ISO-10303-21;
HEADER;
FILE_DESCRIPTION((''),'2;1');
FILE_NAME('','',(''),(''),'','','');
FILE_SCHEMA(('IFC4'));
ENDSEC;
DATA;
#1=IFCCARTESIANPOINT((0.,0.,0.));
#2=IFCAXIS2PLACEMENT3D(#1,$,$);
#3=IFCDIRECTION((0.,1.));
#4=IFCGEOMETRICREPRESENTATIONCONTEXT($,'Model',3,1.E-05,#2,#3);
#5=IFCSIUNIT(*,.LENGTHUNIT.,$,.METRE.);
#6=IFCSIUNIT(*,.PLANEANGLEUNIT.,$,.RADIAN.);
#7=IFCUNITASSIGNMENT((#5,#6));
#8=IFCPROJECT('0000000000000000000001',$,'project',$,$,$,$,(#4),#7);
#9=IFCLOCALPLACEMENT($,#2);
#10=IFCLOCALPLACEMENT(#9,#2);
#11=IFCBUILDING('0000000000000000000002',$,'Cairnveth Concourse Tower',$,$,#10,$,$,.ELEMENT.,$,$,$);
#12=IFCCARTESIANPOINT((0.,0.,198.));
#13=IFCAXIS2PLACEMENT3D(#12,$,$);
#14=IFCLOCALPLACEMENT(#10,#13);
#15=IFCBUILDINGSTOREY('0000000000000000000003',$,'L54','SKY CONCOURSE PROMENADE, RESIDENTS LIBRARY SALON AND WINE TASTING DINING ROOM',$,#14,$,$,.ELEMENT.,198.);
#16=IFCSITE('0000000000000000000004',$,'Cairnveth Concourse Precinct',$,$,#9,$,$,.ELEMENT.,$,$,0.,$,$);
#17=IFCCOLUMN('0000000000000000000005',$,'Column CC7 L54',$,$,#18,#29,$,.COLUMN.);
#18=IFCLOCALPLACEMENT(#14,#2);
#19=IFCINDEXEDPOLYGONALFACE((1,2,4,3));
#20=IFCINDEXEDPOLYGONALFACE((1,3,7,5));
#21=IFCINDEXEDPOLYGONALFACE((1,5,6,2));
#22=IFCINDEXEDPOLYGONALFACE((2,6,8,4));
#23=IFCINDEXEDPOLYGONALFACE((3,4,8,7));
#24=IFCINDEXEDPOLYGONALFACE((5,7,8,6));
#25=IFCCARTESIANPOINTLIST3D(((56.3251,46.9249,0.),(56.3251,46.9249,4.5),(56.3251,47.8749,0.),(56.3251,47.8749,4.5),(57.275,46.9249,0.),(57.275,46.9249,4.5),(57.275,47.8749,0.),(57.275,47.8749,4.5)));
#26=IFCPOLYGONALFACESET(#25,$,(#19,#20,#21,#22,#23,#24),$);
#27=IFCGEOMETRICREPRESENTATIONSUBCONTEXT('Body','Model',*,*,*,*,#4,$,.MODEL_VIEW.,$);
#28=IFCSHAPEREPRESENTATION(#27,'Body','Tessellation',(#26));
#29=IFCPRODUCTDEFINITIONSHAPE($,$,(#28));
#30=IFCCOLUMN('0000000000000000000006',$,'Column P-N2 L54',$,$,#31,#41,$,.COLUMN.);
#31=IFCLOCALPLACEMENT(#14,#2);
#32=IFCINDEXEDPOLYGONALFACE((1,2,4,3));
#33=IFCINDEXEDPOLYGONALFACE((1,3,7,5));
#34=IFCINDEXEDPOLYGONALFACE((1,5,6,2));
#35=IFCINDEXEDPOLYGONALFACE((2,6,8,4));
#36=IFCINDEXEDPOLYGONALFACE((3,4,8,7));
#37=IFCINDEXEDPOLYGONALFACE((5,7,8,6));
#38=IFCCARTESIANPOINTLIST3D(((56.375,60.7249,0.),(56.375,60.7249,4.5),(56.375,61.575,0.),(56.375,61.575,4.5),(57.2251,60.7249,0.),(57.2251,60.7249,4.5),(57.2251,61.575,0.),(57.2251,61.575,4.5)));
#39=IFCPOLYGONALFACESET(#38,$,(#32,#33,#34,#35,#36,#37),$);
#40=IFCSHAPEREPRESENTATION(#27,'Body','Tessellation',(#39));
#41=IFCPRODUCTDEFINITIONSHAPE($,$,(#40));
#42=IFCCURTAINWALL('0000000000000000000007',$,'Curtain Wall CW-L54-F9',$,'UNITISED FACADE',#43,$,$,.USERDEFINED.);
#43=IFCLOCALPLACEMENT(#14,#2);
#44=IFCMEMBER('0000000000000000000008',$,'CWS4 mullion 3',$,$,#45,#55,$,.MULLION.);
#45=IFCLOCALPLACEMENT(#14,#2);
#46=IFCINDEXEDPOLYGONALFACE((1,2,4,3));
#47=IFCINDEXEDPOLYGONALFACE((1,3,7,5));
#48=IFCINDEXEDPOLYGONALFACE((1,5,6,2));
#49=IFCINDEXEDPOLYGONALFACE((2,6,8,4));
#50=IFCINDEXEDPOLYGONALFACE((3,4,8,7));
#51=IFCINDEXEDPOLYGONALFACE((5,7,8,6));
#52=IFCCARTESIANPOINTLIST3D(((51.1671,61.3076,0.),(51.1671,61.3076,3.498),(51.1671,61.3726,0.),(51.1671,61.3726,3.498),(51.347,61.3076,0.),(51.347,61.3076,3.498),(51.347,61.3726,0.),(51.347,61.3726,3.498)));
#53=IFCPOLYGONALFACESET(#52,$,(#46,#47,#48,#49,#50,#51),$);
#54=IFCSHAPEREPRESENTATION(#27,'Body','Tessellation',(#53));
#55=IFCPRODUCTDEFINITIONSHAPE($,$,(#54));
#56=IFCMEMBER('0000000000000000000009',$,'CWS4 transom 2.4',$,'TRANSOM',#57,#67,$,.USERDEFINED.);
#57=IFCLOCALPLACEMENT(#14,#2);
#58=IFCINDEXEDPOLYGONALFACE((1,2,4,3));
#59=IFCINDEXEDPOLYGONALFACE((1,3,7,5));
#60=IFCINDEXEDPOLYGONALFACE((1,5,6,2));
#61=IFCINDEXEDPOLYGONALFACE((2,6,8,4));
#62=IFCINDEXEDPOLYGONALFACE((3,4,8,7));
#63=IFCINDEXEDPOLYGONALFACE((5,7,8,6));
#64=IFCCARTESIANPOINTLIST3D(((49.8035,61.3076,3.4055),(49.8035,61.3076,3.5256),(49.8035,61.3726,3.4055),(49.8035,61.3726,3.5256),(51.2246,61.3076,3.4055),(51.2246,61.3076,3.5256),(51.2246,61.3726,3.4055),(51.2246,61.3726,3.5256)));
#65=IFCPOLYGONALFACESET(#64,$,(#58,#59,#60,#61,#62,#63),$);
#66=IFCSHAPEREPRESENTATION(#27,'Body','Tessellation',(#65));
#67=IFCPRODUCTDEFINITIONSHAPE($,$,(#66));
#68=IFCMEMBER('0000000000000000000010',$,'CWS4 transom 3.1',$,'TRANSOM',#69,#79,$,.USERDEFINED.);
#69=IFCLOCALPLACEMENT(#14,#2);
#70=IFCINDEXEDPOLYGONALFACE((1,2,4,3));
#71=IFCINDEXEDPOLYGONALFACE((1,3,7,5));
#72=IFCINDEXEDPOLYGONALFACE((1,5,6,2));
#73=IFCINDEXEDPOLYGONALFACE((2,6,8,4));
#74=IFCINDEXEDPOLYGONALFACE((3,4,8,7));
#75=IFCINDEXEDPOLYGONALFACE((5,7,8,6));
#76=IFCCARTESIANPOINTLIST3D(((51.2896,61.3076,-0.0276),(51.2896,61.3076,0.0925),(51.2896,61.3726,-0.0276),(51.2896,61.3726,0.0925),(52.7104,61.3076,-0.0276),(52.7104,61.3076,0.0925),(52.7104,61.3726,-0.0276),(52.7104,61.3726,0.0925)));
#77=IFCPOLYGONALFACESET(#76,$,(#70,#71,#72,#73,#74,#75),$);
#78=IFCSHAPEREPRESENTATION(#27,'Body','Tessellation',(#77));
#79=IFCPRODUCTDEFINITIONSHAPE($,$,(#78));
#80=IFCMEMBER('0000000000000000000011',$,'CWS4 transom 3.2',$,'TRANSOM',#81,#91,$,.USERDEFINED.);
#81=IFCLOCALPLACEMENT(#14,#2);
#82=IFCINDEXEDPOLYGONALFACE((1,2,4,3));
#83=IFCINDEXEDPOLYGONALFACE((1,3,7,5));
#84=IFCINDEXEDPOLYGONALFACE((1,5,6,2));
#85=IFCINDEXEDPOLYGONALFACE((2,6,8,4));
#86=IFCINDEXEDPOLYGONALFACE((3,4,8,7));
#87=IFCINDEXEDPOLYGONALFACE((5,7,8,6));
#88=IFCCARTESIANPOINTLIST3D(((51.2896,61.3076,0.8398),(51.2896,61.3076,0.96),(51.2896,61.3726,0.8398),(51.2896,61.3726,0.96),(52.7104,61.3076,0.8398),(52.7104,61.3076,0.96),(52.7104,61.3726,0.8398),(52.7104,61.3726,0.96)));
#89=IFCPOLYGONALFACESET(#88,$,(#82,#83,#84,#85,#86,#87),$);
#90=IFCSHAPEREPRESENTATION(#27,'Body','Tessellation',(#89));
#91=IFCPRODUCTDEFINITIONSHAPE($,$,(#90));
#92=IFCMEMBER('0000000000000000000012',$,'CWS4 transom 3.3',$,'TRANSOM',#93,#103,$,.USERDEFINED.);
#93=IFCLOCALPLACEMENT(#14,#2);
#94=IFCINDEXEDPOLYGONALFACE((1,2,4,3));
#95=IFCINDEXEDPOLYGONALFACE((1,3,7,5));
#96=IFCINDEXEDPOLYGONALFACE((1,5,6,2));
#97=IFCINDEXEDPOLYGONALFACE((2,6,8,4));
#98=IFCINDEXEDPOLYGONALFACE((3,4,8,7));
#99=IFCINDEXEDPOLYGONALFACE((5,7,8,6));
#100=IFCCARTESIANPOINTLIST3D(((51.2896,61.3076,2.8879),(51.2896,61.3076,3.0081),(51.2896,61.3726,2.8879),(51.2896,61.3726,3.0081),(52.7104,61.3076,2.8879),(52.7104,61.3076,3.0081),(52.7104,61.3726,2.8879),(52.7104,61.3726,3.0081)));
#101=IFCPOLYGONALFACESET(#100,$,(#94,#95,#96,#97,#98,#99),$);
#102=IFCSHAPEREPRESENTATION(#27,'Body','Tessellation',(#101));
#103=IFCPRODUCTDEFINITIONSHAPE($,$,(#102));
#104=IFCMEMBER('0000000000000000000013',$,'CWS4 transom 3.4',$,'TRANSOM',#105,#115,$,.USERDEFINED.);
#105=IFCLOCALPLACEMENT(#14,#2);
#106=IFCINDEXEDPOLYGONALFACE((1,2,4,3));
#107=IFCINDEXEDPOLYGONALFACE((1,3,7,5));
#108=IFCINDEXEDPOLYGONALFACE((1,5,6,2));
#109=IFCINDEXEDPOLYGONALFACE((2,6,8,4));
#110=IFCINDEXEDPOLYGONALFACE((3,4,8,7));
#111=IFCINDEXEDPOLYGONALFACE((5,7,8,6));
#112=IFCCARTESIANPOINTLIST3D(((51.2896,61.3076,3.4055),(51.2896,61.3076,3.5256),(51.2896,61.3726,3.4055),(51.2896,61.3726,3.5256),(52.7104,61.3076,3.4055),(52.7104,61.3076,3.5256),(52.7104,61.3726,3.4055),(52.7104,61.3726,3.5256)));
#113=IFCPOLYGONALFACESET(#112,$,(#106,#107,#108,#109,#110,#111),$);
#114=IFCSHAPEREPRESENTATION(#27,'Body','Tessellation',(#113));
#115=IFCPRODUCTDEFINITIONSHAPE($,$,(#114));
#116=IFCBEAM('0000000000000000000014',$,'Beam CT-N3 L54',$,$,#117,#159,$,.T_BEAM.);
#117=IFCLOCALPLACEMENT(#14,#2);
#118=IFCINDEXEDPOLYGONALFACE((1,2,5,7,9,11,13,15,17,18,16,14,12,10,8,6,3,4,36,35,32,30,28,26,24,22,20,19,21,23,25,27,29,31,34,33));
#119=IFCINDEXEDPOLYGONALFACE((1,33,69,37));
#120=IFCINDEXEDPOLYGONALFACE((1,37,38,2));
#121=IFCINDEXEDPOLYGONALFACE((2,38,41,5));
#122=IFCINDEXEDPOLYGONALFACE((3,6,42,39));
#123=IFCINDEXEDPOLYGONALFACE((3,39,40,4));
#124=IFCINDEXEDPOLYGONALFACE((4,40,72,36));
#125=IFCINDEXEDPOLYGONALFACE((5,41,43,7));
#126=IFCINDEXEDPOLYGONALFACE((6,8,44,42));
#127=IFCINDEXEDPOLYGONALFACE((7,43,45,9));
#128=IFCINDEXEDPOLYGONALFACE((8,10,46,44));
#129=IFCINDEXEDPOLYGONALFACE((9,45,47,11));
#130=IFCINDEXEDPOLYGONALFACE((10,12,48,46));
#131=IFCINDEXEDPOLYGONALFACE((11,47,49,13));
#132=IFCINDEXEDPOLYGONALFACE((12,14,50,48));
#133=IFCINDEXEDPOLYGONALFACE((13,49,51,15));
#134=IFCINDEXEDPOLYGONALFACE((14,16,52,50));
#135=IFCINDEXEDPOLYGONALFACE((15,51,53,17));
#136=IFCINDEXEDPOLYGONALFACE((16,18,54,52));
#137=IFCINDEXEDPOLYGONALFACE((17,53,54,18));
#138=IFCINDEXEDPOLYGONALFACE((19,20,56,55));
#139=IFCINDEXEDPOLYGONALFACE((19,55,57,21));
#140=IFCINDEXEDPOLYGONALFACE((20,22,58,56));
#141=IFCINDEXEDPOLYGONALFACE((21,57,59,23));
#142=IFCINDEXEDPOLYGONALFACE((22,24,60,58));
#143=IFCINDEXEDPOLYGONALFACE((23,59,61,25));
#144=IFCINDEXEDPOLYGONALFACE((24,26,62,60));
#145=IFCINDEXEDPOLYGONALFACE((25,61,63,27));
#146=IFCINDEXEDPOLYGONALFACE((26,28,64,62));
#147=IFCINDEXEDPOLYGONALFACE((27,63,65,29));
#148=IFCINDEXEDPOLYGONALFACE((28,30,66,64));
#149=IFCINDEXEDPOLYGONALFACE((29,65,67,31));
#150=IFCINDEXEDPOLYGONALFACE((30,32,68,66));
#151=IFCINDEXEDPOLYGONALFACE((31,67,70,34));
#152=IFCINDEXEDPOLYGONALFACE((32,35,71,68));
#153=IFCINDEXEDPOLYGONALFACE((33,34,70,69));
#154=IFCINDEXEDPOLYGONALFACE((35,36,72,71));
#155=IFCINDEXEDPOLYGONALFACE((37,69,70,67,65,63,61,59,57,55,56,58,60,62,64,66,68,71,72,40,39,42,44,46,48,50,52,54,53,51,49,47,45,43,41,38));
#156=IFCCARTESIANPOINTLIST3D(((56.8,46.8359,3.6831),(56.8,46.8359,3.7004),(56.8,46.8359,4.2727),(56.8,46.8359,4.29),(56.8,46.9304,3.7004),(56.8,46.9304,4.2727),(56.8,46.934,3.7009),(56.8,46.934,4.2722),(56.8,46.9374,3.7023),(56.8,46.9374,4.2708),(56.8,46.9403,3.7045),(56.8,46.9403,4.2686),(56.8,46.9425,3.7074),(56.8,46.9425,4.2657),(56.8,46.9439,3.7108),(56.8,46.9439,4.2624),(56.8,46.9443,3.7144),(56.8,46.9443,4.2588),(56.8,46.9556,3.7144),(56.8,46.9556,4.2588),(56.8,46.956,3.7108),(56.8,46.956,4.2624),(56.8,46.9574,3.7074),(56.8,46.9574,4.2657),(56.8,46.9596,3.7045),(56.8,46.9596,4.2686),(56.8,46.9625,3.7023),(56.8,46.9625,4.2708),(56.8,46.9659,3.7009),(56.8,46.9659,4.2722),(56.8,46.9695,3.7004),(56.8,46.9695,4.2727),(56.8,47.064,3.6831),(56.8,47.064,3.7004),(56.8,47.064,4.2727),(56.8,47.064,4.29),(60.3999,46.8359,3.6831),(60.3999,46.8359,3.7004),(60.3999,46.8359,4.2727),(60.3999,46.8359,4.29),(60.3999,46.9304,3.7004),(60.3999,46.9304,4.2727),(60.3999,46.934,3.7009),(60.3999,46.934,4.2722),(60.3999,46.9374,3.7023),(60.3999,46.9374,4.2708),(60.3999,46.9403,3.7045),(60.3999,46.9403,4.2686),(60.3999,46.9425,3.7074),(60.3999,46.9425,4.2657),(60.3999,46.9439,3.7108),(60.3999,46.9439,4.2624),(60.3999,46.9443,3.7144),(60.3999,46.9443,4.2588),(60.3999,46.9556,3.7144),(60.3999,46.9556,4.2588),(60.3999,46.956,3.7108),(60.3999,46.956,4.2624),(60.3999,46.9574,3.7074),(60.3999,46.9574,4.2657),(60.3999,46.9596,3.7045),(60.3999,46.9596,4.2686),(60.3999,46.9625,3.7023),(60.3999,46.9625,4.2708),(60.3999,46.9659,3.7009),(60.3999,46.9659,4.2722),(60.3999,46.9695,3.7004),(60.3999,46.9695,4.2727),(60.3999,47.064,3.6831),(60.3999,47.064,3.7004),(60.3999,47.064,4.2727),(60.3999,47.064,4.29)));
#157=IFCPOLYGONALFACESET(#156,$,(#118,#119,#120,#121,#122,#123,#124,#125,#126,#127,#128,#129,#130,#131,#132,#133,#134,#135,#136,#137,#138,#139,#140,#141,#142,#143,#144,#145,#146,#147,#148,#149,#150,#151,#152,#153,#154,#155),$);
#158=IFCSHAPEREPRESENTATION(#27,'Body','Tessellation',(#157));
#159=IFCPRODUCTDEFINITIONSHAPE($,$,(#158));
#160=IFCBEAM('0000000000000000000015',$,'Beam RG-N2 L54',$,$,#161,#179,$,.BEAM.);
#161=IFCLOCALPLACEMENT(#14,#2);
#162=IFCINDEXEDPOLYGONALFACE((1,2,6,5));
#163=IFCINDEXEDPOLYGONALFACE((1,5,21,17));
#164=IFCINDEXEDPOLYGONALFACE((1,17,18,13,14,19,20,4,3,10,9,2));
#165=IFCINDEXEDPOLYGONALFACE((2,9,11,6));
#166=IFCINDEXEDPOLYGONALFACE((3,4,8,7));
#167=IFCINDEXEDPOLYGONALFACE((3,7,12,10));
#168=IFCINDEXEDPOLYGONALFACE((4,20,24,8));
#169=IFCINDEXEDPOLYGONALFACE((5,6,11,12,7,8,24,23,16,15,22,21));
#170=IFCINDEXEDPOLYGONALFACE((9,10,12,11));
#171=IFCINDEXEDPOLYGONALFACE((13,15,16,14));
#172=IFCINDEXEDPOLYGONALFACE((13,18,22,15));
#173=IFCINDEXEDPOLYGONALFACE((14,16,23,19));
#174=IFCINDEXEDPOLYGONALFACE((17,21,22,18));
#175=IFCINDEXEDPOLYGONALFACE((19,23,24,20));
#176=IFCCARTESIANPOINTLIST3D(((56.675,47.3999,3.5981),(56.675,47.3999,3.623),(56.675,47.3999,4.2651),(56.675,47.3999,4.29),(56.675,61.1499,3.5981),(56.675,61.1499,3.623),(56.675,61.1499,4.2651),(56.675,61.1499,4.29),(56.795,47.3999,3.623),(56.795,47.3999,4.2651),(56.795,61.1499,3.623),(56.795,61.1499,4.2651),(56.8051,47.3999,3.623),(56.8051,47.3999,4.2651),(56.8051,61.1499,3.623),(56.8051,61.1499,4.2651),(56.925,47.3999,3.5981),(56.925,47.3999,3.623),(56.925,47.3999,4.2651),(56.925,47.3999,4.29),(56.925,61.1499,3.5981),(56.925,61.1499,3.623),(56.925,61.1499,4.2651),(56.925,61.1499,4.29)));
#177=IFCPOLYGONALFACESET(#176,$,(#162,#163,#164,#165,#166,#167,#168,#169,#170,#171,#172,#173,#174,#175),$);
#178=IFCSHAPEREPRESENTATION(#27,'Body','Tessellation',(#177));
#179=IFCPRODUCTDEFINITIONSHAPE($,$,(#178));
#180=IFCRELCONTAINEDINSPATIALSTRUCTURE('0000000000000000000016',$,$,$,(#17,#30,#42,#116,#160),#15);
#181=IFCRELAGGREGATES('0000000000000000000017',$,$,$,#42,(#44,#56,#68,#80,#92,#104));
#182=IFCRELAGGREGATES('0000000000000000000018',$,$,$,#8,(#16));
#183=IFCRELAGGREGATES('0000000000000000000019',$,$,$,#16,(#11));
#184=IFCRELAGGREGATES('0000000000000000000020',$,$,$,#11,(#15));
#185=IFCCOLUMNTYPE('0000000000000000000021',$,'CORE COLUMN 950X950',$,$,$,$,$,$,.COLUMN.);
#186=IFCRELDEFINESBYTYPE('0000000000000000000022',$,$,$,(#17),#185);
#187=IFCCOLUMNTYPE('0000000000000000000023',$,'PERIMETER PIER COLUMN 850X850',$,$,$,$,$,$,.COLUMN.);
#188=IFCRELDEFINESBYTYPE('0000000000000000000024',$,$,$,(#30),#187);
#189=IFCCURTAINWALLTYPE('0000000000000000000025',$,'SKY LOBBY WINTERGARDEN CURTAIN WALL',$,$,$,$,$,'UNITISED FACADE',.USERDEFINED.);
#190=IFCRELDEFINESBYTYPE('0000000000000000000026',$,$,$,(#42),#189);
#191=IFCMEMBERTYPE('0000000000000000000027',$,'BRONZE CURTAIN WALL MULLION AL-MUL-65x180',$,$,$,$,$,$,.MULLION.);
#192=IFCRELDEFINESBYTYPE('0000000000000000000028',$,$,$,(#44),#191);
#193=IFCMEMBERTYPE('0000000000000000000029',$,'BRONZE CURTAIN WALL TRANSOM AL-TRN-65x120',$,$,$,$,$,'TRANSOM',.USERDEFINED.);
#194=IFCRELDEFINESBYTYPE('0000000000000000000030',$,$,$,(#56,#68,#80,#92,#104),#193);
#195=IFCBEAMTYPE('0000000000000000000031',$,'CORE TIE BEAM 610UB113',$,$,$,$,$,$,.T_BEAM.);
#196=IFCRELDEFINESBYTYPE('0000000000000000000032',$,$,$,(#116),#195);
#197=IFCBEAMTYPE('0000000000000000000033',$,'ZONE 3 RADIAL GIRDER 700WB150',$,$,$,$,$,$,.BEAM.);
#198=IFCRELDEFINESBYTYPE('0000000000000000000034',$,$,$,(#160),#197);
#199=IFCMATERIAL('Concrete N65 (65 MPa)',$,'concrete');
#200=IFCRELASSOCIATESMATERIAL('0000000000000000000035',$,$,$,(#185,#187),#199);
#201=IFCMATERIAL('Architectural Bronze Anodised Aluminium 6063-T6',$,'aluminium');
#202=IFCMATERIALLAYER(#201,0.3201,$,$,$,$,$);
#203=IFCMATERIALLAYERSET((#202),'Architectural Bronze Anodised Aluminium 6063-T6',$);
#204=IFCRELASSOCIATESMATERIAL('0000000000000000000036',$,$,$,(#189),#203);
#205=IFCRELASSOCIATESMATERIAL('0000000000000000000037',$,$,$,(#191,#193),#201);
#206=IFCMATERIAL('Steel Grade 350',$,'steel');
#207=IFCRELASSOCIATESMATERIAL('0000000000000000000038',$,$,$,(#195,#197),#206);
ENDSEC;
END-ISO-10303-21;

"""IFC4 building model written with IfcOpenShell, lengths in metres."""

from ifc_helpers import new_model, si_unit, direction, frame, origin, origin_2d, place, context, subcontext, project, spatial, rectangle, i_section, extrude, material, layer, layer_set, material_profile, profile_set, type_object, element, aggregate, save


model = new_model("IFC4")

# Units and contexts
model_context = context("Model", 3, precision=1e-05, world=origin(), true_north=direction((0.0, 1.0)))
body_context = subcontext(model_context, "Body", "Model", "MODEL_VIEW")
ifc_project = project(units=[si_unit("LENGTHUNIT", "METRE"), si_unit("PLANEANGLEUNIT", "RADIAN")], contexts=[model_context])

# Site, building, storey
site_placement = place(None, origin())
site = spatial("IfcSite", under=ifc_project, at=site_placement, Name="Cairnveth Concourse Precinct", CompositionType="ELEMENT", RefElevation=0.0)
building_placement = place(site_placement, origin())
building = spatial("IfcBuilding", under=site, at=building_placement, Name="Cairnveth Concourse Tower", CompositionType="ELEMENT")
storey_placement = place(building_placement, frame((0.0, 0.0, 198.0)))
storey = spatial("IfcBuildingStorey", under=building, at=storey_placement, Name="L54", Description="SKY CONCOURSE PROMENADE, RESIDENTS LIBRARY SALON AND WINE TASTING DINING ROOM", CompositionType="ELEMENT", Elevation=198.0)

# Columns
ifc_material_1 = material(Name="Concrete N65 (65 MPa)", Category="concrete")
ifc_material_profile_1 = material_profile(ifc_material_1, rectangle(XDim=0.95, YDim=0.95, at=origin_2d()), Name="RC-COL-950x950")
ifc_profile_set_1 = profile_set([ifc_material_profile_1], Name="Concrete N65 (65 MPa)")
column_type_1 = type_object("IfcColumnType", Name="CORE COLUMN 950X950", PredefinedType="COLUMN", material=ifc_profile_set_1)
column_1_placement = place(storey_placement, frame((56.8, 47.3999, 0.0), z_axis=(0.0, 0.0, 1.0), x_axis=(1.0, 0.0, 0.0)))
element("IfcColumn", 1, at=column_1_placement, inside=storey, type_object=column_type_1, Name="Column CC7 L54", PredefinedType="COLUMN", context=body_context, shape_type="SweptSolid", body=[
    extrude(rectangle(XDim=0.95, YDim=0.95, at=origin_2d()), origin(), (0.0, 0.0, 1.0), 4.5),
])
ifc_material_profile_2 = material_profile(ifc_material_1, rectangle(XDim=0.8501, YDim=0.8501, at=origin_2d()), Name="RC-COL-850x850")
ifc_profile_set_2 = profile_set([ifc_material_profile_2], Name="Concrete N65 (65 MPa)")
column_type_2 = type_object("IfcColumnType", Name="PERIMETER PIER COLUMN 850X850", PredefinedType="COLUMN", material=ifc_profile_set_2)
column_2_placement = place(storey_placement, frame((56.8, 61.1499, 0.0), z_axis=(0.0, 0.0, 1.0), x_axis=(1.0, 0.0, 0.0)))
element("IfcColumn", 2, at=column_2_placement, inside=storey, type_object=column_type_2, Name="Column P-N2 L54", PredefinedType="COLUMN", context=body_context, shape_type="SweptSolid", body=[
    extrude(rectangle(XDim=0.8501, YDim=0.8501, at=origin_2d()), origin(), (0.0, 0.0, 1.0), 4.5),
])

# Curtain wall, members
ifc_material_2 = material(Name="Architectural Bronze Anodised Aluminium 6063-T6", Category="aluminium")
ifc_layer_1 = layer(ifc_material_2, 0.3201)
ifc_layer_set_1 = layer_set([ifc_layer_1], Name="Architectural Bronze Anodised Aluminium 6063-T6")
curtain_wall_type = type_object("IfcCurtainWallType", Name="SKY LOBBY WINTERGARDEN CURTAIN WALL", ElementType="UNITISED FACADE", PredefinedType="USERDEFINED", material=ifc_layer_set_1)
curtain_wall_placement = place(storey_placement, origin())
curtain_wall = element("IfcCurtainWall", 3, at=curtain_wall_placement, inside=storey, type_object=curtain_wall_type, Name="Curtain Wall CW-L54-F9", ObjectType="UNITISED FACADE", PredefinedType="USERDEFINED")
ifc_material_profile_3 = material_profile(ifc_material_2, rectangle(XDim=0.0649, YDim=0.1799, at=origin_2d()), Name="AL-MUL-65x180")
ifc_profile_set_3 = profile_set([ifc_material_profile_3], Name="Architectural Bronze Anodised Aluminium 6063-T6")
member_type_1 = type_object("IfcMemberType", Name="BRONZE CURTAIN WALL MULLION AL-MUL-65x180", PredefinedType="MULLION", material=ifc_profile_set_3)
member_1_placement = place(storey_placement, frame((51.2571, 61.3401, 0.0), z_axis=(0.0, 0.0, 1.0), x_axis=(0.0, 1.0, 0.0)))
member_1 = element("IfcMember", 4, at=member_1_placement, type_object=member_type_1, Name="CWS4 mullion 3", PredefinedType="MULLION", context=body_context, shape_type="SweptSolid", body=[
    extrude(rectangle(XDim=0.0649, YDim=0.1799, at=origin_2d()), origin(), (0.0, 0.0, 1.0), 3.498),
])
ifc_material_profile_4 = material_profile(ifc_material_2, rectangle(XDim=0.0649, YDim=0.1201, at=origin_2d()), Name="AL-TRN-65x120")
ifc_profile_set_4 = profile_set([ifc_material_profile_4], Name="Architectural Bronze Anodised Aluminium 6063-T6")
member_type_2 = type_object("IfcMemberType", Name="BRONZE CURTAIN WALL TRANSOM AL-TRN-65x120", ElementType="TRANSOM", PredefinedType="USERDEFINED", material=ifc_profile_set_4)
member_2_placement = place(storey_placement, frame((49.8035, 61.3401, 3.4656), z_axis=(1.0, 0.0, 0.0), x_axis=(0.0, 1.0, 0.0)))
member_2 = element("IfcMember", 5, at=member_2_placement, type_object=member_type_2, Name="CWS4 transom 2.4", ObjectType="TRANSOM", PredefinedType="USERDEFINED", context=body_context, shape_type="SweptSolid", body=[
    extrude(rectangle(XDim=0.0649, YDim=0.1201, at=origin_2d()), origin(), (0.0, 0.0, 1.0), 1.4211),
])
member_3_placement = place(storey_placement, frame((51.2896, 61.3401, 0.0325), z_axis=(1.0, 0.0, 0.0), x_axis=(0.0, 1.0, 0.0)))
member_3 = element("IfcMember", 6, at=member_3_placement, type_object=member_type_2, Name="CWS4 transom 3.1", ObjectType="TRANSOM", PredefinedType="USERDEFINED", context=body_context, shape_type="SweptSolid", body=[
    extrude(rectangle(XDim=0.0649, YDim=0.1201, at=origin_2d()), origin(), (0.0, 0.0, 1.0), 1.4209),
])
member_4_placement = place(storey_placement, frame((51.2896, 61.3401, 0.8999), z_axis=(1.0, 0.0, 0.0), x_axis=(0.0, 1.0, 0.0)))
member_4 = element("IfcMember", 7, at=member_4_placement, type_object=member_type_2, Name="CWS4 transom 3.2", ObjectType="TRANSOM", PredefinedType="USERDEFINED", context=body_context, shape_type="SweptSolid", body=[
    extrude(rectangle(XDim=0.0649, YDim=0.1201, at=origin_2d()), origin(), (0.0, 0.0, 1.0), 1.4209),
])
member_5_placement = place(storey_placement, frame((51.2896, 61.3401, 2.948), z_axis=(1.0, 0.0, 0.0), x_axis=(0.0, 1.0, 0.0)))
member_5 = element("IfcMember", 8, at=member_5_placement, type_object=member_type_2, Name="CWS4 transom 3.3", ObjectType="TRANSOM", PredefinedType="USERDEFINED", context=body_context, shape_type="SweptSolid", body=[
    extrude(rectangle(XDim=0.0649, YDim=0.1201, at=origin_2d()), origin(), (0.0, 0.0, 1.0), 1.4209),
])
member_6_placement = place(storey_placement, frame((51.2896, 61.3401, 3.4656), z_axis=(1.0, 0.0, 0.0), x_axis=(0.0, 1.0, 0.0)))
member_6 = element("IfcMember", 9, at=member_6_placement, type_object=member_type_2, Name="CWS4 transom 3.4", ObjectType="TRANSOM", PredefinedType="USERDEFINED", context=body_context, shape_type="SweptSolid", body=[
    extrude(rectangle(XDim=0.0649, YDim=0.1201, at=origin_2d()), origin(), (0.0, 0.0, 1.0), 1.4209),
])

# Beams
ifc_material_3 = material(Name="Steel Grade 350", Category="steel")
ifc_material_profile_5 = material_profile(ifc_material_3, i_section(OverallWidth=0.228, OverallDepth=0.6069, WebThickness=0.0112, FlangeThickness=0.0173, FilletRadius=0.0139, at=origin_2d()), Name="610UB113")
ifc_profile_set_5 = profile_set([ifc_material_profile_5], Name="Steel Grade 350")
beam_type_1 = type_object("IfcBeamType", Name="CORE TIE BEAM 610UB113", PredefinedType="T_BEAM", material=ifc_profile_set_5)
beam_1_placement = place(storey_placement, frame((56.8, 46.95, 3.9866), z_axis=(1.0, 0.0, 0.0), x_axis=(0.0, 1.0, 0.0)))
element("IfcBeam", 10, at=beam_1_placement, inside=storey, type_object=beam_type_1, Name="Beam CT-N3 L54", PredefinedType="T_BEAM", context=body_context, shape_type="SweptSolid", body=[
    extrude(i_section(OverallWidth=0.228, OverallDepth=0.6069, WebThickness=0.0112, FlangeThickness=0.0173, FilletRadius=0.0139, at=origin_2d()), origin(), (0.0, 0.0, 1.0), 3.5999),
])
ifc_material_profile_6 = material_profile(ifc_material_3, i_section(OverallWidth=0.25, OverallDepth=0.6919, WebThickness=0.01, FlangeThickness=0.0249, at=origin_2d()), Name="700WB150")
ifc_profile_set_6 = profile_set([ifc_material_profile_6], Name="Steel Grade 350")
beam_type_2 = type_object("IfcBeamType", Name="ZONE 3 RADIAL GIRDER 700WB150", PredefinedType="BEAM", material=ifc_profile_set_6)
beam_2_placement = place(storey_placement, frame((56.8, 47.3999, 3.9441), z_axis=(0.0, 1.0, 0.0), x_axis=(-1.0, 0.0, 0.0)))
element("IfcBeam", 11, at=beam_2_placement, inside=storey, type_object=beam_type_2, Name="Beam RG-N2 L54", PredefinedType="BEAM", context=body_context, shape_type="SweptSolid", body=[
    extrude(i_section(OverallWidth=0.25, OverallDepth=0.6919, WebThickness=0.01, FlangeThickness=0.0249, at=origin_2d()), origin(), (0.0, 0.0, 1.0), 13.75),
])

aggregate(curtain_wall, [member_1, member_2, member_3, member_4, member_5, member_6])

save(model, "model.ifc")
